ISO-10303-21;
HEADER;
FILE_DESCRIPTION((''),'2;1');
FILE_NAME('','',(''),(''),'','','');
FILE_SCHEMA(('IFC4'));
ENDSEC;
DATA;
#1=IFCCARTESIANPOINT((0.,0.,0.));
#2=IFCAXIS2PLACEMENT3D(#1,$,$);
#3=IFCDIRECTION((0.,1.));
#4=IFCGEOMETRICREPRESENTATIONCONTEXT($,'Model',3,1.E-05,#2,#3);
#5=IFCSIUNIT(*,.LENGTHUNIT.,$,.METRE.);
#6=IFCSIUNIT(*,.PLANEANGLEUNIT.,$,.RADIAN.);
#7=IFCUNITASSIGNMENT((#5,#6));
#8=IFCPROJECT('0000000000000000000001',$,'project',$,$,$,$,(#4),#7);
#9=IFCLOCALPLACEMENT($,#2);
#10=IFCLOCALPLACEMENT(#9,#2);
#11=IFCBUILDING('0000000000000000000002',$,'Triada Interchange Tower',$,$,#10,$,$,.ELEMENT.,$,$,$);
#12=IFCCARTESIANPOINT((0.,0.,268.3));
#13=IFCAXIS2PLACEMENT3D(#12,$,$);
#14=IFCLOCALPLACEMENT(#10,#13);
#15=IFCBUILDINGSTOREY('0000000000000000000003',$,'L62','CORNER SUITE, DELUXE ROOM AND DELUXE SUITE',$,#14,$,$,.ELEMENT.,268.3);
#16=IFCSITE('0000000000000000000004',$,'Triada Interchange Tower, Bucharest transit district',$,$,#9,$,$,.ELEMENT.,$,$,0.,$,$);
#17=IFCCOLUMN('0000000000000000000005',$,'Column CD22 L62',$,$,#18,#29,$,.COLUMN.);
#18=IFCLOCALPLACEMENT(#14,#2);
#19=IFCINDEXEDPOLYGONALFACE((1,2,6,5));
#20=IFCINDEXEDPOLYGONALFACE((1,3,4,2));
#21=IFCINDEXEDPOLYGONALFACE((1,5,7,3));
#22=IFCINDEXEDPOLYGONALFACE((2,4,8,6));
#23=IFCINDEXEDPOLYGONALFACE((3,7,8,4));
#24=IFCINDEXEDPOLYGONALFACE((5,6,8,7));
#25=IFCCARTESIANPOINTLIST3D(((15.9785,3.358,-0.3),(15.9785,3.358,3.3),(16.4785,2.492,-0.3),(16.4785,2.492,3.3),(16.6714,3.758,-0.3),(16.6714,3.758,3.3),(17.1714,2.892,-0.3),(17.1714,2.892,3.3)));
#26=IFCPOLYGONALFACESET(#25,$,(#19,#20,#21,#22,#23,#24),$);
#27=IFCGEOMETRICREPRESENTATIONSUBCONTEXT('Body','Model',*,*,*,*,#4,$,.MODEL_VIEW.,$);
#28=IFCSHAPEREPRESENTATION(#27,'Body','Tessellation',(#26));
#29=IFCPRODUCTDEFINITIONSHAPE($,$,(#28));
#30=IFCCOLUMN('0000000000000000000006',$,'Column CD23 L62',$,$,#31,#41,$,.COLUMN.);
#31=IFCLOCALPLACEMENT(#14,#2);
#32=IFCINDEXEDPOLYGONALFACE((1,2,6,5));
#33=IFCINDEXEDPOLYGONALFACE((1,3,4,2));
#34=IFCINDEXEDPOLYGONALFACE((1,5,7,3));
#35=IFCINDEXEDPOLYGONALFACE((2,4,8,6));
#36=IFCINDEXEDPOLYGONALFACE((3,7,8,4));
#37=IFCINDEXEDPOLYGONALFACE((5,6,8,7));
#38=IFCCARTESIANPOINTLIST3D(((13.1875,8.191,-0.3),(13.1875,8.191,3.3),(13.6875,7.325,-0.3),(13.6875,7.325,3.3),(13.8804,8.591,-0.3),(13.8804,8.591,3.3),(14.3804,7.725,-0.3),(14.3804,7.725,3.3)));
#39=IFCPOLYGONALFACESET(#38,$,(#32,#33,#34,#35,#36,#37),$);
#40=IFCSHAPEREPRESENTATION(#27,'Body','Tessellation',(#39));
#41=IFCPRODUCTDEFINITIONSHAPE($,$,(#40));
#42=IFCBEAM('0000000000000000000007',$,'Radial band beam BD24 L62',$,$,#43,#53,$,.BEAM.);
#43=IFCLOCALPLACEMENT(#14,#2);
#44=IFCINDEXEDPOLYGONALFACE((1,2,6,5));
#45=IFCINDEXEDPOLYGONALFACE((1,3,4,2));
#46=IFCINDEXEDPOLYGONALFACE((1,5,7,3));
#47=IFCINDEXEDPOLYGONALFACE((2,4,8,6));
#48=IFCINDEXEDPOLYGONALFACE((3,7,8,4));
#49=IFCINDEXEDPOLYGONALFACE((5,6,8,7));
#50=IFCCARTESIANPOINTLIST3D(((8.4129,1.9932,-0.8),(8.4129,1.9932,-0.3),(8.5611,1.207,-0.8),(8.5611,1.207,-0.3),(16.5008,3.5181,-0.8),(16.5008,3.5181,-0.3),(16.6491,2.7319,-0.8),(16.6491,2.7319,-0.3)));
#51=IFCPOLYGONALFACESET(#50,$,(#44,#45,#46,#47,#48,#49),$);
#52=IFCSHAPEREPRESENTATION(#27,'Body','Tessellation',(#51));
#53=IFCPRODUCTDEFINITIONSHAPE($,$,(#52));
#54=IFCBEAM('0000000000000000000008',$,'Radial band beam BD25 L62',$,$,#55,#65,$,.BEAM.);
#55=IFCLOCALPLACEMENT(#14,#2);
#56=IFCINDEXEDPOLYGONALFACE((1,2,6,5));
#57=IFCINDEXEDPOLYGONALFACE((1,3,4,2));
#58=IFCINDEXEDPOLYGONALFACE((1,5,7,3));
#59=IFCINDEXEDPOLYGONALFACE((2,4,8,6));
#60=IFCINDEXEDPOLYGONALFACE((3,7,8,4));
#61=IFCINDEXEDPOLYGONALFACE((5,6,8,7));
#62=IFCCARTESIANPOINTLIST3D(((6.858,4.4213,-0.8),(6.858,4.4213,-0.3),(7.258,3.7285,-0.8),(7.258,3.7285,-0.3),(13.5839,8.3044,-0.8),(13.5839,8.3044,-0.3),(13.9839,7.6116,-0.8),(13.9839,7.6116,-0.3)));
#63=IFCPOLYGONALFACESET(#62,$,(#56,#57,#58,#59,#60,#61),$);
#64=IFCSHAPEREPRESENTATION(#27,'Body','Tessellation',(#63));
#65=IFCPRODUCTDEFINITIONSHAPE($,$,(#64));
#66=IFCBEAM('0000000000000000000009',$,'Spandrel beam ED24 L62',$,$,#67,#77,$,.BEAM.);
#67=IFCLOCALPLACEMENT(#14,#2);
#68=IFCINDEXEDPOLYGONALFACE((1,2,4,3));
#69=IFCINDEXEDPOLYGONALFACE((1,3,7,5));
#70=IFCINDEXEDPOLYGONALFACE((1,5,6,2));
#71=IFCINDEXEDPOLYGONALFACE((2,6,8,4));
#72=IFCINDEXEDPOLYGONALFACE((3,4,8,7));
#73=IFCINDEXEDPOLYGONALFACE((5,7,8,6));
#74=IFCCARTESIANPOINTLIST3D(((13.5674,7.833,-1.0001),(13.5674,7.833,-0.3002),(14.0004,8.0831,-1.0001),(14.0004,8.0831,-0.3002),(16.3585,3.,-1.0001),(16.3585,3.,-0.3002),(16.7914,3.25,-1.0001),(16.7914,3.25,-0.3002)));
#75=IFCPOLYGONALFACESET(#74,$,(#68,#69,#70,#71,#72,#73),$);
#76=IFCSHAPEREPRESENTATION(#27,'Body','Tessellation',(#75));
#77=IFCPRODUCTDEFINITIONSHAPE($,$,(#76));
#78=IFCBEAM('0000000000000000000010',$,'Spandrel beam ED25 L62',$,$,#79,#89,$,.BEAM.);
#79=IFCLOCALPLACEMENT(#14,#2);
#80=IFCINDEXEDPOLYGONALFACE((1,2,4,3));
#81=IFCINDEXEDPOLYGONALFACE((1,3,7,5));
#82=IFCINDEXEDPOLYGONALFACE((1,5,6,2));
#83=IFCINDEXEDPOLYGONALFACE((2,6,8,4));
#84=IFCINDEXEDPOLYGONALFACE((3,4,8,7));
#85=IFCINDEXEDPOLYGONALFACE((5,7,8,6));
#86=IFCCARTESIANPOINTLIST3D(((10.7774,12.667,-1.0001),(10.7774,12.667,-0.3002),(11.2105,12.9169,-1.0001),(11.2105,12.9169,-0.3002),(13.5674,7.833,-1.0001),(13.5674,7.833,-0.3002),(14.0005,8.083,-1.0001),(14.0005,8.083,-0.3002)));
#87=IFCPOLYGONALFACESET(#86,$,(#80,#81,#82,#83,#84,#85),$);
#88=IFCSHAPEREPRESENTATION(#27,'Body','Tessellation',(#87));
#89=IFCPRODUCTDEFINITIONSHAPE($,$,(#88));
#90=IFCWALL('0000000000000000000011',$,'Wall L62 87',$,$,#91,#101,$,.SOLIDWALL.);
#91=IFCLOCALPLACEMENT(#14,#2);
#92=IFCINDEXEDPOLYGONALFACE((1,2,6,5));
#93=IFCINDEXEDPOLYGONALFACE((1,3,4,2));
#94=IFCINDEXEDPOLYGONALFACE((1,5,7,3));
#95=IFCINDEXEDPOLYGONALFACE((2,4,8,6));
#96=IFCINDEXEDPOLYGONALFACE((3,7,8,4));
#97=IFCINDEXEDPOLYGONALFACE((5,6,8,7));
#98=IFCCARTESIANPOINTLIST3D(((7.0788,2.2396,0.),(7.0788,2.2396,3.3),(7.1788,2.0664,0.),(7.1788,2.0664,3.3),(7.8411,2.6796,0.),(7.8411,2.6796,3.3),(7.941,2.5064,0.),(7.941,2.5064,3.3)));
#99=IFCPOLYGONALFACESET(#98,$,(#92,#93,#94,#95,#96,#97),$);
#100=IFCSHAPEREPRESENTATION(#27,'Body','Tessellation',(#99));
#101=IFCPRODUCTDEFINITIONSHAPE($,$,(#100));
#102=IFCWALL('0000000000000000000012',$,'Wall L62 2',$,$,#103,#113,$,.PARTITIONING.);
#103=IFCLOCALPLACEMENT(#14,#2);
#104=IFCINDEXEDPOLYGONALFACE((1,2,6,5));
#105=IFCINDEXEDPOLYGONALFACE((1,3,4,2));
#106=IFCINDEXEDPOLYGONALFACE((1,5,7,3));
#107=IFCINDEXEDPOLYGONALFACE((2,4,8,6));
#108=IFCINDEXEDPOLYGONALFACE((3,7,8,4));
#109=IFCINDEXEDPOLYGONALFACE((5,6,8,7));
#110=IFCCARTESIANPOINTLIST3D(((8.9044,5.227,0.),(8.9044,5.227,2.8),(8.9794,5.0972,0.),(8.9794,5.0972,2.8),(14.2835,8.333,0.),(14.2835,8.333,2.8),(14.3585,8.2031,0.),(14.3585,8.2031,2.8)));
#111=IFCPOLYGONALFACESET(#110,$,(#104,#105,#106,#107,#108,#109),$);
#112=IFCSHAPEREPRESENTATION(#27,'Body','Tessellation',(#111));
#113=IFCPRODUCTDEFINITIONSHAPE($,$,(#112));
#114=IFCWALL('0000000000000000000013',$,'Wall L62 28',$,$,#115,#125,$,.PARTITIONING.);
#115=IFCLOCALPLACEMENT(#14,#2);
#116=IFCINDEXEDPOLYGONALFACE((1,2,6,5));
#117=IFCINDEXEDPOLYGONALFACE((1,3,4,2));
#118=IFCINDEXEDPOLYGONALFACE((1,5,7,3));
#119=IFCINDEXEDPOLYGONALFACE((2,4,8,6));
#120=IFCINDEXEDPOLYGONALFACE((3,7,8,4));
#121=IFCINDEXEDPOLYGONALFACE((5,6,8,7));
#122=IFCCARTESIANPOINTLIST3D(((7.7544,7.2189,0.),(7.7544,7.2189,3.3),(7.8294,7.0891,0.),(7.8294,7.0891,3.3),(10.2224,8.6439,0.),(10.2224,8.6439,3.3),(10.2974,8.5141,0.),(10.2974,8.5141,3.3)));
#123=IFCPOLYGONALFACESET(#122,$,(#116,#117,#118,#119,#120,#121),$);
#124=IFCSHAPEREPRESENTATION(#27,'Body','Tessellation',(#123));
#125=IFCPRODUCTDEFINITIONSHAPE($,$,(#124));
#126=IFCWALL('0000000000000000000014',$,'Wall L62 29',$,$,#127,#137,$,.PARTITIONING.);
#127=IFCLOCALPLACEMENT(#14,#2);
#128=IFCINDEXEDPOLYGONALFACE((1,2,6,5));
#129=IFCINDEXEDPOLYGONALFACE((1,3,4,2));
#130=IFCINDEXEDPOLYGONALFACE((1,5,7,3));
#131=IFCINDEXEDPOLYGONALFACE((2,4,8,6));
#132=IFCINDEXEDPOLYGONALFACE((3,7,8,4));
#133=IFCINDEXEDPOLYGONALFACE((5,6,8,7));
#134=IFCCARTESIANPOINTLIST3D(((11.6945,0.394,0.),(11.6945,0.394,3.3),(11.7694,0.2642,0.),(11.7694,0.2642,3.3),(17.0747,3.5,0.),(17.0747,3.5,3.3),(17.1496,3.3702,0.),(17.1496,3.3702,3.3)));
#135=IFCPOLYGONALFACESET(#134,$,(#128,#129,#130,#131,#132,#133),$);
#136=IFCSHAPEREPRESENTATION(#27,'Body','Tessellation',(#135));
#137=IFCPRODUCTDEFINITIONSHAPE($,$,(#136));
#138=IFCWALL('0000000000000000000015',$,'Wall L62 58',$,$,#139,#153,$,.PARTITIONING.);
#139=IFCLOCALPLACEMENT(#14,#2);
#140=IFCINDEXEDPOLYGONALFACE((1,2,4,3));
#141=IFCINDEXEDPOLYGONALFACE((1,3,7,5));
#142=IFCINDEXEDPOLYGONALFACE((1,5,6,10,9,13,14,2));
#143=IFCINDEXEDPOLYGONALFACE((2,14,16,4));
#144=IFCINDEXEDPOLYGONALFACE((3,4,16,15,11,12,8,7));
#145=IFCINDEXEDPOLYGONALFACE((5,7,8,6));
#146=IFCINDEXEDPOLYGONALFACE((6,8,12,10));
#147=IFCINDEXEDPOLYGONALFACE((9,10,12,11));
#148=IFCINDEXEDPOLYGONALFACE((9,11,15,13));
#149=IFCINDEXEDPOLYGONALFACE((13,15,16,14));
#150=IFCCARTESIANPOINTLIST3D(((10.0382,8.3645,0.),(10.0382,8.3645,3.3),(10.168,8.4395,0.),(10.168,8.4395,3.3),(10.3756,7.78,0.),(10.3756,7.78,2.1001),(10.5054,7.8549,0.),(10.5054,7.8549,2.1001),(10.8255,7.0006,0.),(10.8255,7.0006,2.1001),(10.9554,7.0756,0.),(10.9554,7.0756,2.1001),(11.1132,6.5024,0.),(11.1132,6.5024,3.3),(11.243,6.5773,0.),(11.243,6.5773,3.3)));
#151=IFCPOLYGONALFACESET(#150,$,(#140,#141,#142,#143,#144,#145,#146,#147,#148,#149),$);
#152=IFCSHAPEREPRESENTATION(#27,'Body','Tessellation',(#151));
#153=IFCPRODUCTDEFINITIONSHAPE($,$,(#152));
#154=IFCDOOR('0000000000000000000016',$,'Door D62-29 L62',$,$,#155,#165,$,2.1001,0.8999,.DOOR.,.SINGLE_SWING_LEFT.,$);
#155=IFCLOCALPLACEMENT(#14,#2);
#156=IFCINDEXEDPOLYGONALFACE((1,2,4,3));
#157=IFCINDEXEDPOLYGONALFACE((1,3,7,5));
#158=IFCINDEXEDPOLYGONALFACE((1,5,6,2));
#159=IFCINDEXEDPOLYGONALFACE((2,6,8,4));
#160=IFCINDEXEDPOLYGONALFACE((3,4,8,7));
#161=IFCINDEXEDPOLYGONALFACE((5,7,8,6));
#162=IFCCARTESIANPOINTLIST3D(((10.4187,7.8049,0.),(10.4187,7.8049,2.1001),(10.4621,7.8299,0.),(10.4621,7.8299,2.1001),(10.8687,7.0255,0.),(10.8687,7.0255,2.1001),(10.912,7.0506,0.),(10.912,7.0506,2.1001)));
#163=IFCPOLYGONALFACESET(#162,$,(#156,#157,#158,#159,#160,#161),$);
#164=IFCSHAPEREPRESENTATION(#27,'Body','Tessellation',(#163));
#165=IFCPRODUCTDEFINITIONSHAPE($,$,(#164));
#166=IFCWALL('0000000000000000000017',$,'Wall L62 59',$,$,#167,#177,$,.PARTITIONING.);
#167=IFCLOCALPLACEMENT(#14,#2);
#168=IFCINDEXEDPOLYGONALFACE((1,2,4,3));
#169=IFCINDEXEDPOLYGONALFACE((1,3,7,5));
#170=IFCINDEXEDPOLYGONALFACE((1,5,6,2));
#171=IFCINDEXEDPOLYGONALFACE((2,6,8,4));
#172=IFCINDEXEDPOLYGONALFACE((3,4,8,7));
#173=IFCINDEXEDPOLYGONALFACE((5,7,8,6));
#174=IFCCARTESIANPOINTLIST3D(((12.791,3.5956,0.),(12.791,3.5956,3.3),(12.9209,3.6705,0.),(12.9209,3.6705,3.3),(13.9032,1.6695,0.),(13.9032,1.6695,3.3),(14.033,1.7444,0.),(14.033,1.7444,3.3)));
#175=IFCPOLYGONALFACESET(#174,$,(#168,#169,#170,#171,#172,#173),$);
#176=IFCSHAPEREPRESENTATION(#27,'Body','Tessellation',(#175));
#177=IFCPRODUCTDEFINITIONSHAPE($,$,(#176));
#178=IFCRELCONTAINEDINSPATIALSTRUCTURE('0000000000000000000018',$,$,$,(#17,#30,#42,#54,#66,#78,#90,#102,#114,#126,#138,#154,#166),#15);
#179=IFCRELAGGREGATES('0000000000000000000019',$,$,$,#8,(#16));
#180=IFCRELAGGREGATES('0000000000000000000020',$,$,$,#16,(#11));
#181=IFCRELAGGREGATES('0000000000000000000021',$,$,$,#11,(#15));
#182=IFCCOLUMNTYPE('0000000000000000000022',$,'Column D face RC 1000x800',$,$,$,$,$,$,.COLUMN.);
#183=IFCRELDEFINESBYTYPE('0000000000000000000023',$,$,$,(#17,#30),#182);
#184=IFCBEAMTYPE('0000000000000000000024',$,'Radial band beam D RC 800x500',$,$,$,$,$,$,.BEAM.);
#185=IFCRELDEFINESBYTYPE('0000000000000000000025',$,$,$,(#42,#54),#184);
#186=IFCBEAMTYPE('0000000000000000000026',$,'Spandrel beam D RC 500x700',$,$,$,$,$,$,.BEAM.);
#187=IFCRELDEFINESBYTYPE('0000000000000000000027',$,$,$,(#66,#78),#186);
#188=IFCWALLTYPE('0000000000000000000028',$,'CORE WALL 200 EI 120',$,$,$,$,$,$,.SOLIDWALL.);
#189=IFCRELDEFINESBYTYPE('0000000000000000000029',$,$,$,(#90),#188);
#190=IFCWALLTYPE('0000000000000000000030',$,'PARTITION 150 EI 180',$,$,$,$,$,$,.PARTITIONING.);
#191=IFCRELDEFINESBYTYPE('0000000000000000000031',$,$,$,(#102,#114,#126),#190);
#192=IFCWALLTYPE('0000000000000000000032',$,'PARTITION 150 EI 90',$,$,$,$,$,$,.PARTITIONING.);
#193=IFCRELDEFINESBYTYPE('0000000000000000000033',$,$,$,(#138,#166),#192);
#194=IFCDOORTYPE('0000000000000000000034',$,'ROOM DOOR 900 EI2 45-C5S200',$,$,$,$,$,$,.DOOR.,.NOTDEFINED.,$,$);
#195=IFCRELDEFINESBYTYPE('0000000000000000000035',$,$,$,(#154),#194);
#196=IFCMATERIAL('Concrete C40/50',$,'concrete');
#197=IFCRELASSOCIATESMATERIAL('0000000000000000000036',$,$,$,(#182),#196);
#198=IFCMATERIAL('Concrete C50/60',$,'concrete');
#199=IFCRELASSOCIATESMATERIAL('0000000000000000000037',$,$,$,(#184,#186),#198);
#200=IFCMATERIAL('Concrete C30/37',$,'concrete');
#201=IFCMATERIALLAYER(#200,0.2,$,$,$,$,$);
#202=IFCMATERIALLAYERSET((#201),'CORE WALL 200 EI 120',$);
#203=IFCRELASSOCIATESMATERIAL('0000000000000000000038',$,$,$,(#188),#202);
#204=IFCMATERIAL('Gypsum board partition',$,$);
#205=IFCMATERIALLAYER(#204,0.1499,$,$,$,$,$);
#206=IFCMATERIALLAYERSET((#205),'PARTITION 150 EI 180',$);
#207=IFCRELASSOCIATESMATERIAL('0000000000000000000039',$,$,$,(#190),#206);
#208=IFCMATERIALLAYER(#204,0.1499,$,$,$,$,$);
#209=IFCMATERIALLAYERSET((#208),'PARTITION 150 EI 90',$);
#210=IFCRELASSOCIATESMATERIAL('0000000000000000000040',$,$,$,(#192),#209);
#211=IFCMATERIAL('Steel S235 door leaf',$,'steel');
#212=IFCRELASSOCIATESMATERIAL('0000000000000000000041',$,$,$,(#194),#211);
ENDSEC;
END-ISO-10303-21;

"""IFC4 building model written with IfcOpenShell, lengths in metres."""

from ifc_helpers import new_model, si_unit, direction, frame, frame_2d, origin, origin_2d, place, context, subcontext, project, spatial, rectangle, extrude, material, layer, layer_set, material_profile, profile_set, type_object, element, fill, save


model = new_model("IFC4")

# Units and contexts
model_context = context("Model", 3, precision=1e-05, world=origin(), true_north=direction((0.0, 1.0)))
body_context = subcontext(model_context, "Body", "Model", "MODEL_VIEW")
ifc_project = project(units=[si_unit("LENGTHUNIT", "METRE"), si_unit("PLANEANGLEUNIT", "RADIAN")], contexts=[model_context])

# Site, building, storey
site_placement = place(None, origin())
site = spatial("IfcSite", under=ifc_project, at=site_placement, Name="Triada Interchange Tower, Bucharest transit district", CompositionType="ELEMENT", RefElevation=0.0)
building_placement = place(site_placement, origin())
building = spatial("IfcBuilding", under=site, at=building_placement, Name="Triada Interchange Tower", CompositionType="ELEMENT")
storey_placement = place(building_placement, frame((0.0, 0.0, 268.3)))
storey = spatial("IfcBuildingStorey", under=building, at=storey_placement, Name="L62", Description="CORNER SUITE, DELUXE ROOM AND DELUXE SUITE", CompositionType="ELEMENT", Elevation=268.3)

# Columns
ifc_material_1 = material(Name="Concrete C40/50", Category="concrete")
ifc_material_profile_1 = material_profile(ifc_material_1, rectangle(XDim=1.0, YDim=0.8, at=origin_2d()), Name="RC 1000x800")
ifc_profile_set_1 = profile_set([ifc_material_profile_1], Name="Concrete C40/50")
column_type = type_object("IfcColumnType", Name="Column D face RC 1000x800", PredefinedType="COLUMN", material=ifc_profile_set_1)
for number, where, z_axis, x_axis, name in (
    (1, (16.575, 3.125, -0.3), (0.0, 0.0, 1.0), (-0.5, 0.866025, 0.0), "Column CD22 L62"),
    (2, (13.7839, 7.958, -0.3), (0.0, 0.0, 1.0), (-0.5, 0.866025, 0.0), "Column CD23 L62"),
):
    element("IfcColumn", number, at=place(storey_placement, frame(where, z_axis=z_axis, x_axis=x_axis)), inside=storey, type_object=column_type, Name=name, PredefinedType="COLUMN", context=body_context, shape_type="SweptSolid", body=[
        extrude(rectangle(XDim=1.0, YDim=0.8, at=origin_2d()), origin(), (0.0, 0.0, 1.0), 3.6001),
    ])

# Beams
ifc_material_2 = material(Name="Concrete C50/60", Category="concrete")
ifc_material_profile_2 = material_profile(ifc_material_2, rectangle(XDim=0.8, YDim=0.5, at=origin_2d()), Name="RC 800x500")
ifc_profile_set_2 = profile_set([ifc_material_profile_2], Name="Concrete C50/60")
beam_type_1 = type_object("IfcBeamType", Name="Radial band beam D RC 800x500", PredefinedType="BEAM", material=ifc_profile_set_2)
beam_1_placement = place(storey_placement, frame((16.575, 3.125, -0.55), z_axis=(-0.982686, -0.185277, 0.0), x_axis=(0.185277, -0.982686, 0.0)))
element("IfcBeam", 3, at=beam_1_placement, inside=storey, type_object=beam_type_1, Name="Radial band beam BD24 L62", PredefinedType="BEAM", context=body_context, shape_type="SweptSolid", body=[
    extrude(rectangle(XDim=0.8, YDim=0.5, at=origin_2d()), origin(), (0.0, 0.0, 1.0), 8.2305),
])
beam_2_placement = place(storey_placement, frame((13.7839, 7.958, -0.55), z_axis=(-0.866031, -0.49999, 0.0), x_axis=(0.49999, -0.866031, 0.0)))
element("IfcBeam", 4, at=beam_2_placement, inside=storey, type_object=beam_type_1, Name="Radial band beam BD25 L62", PredefinedType="BEAM", context=body_context, shape_type="SweptSolid", body=[
    extrude(rectangle(XDim=0.8, YDim=0.5, at=origin_2d()), origin(), (0.0, 0.0, 1.0), 7.7664),
])
ifc_material_profile_3 = material_profile(ifc_material_2, rectangle(XDim=0.5, YDim=0.7, at=origin_2d()), Name="RC 500x700")
ifc_profile_set_3 = profile_set([ifc_material_profile_3], Name="Concrete C50/60")
beam_type_2 = type_object("IfcBeamType", Name="Spandrel beam D RC 500x700", PredefinedType="BEAM", material=ifc_profile_set_3)
beam_3_placement = place(storey_placement, frame((16.575, 3.125, -0.6501), z_axis=(-0.500091, 0.865973, 0.0), x_axis=(-0.865973, -0.500091, 0.0)))
element("IfcBeam", 5, at=beam_3_placement, inside=storey, type_object=beam_type_2, Name="Spandrel beam ED24 L62", PredefinedType="BEAM", context=body_context, shape_type="SweptSolid", body=[
    extrude(rectangle(XDim=0.5, YDim=0.7, at=origin_2d()), origin(), (0.0, 0.0, 1.0), 5.5811),
])
beam_4_placement = place(storey_placement, frame((13.7839, 7.958, -0.6501), z_axis=(-0.499884, 0.866092, 0.0), x_axis=(-0.866092, -0.499884, 0.0)))
element("IfcBeam", 6, at=beam_4_placement, inside=storey, type_object=beam_type_2, Name="Spandrel beam ED25 L62", PredefinedType="BEAM", context=body_context, shape_type="SweptSolid", body=[
    extrude(rectangle(XDim=0.5, YDim=0.7, at=origin_2d()), origin(), (0.0, 0.0, 1.0), 5.5813),
])

# Walls
ifc_material_3 = material(Name="Concrete C30/37", Category="concrete")
ifc_layer_1 = layer(ifc_material_3, 0.2)
ifc_layer_set_1 = layer_set([ifc_layer_1], Name="CORE WALL 200 EI 120")
wall_type_1 = type_object("IfcWallType", Name="CORE WALL 200 EI 120", PredefinedType="SOLIDWALL", material=ifc_layer_set_1)
wall_1_placement = place(storey_placement, frame((7.1289, 2.1531, 0.0), z_axis=(0.0, 0.0, 1.0), x_axis=(0.866084, 0.499899, 0.0)))
element("IfcWall", 7, at=wall_1_placement, inside=storey, type_object=wall_type_1, Name="Wall L62 87", PredefinedType="SOLIDWALL", context=body_context, shape_type="SweptSolid", body=[
    extrude(rectangle(XDim=0.8801, YDim=0.2, at=frame_2d((0.4399, 0.0))), origin(), (0.0, 0.0, 1.0), 3.3),
])
ifc_material_4 = material(Name="Gypsum board partition")
ifc_layer_2 = layer(ifc_material_4, 0.1499)
ifc_layer_set_2 = layer_set([ifc_layer_2], Name="PARTITION 150 EI 180")
wall_type_2 = type_object("IfcWallType", Name="PARTITION 150 EI 180", PredefinedType="PARTITIONING", material=ifc_layer_set_2)
wall_2_placement = place(storey_placement, frame((8.9419, 5.1621, 0.0), z_axis=(0.0, 0.0, 1.0), x_axis=(0.866004, 0.500037, 0.0)))
element("IfcWall", 8, at=wall_2_placement, inside=storey, type_object=wall_type_2, Name="Wall L62 2", PredefinedType="PARTITIONING", context=body_context, shape_type="SweptSolid", body=[
    extrude(rectangle(XDim=6.2114, YDim=0.1499, at=frame_2d((3.1057, 0.0))), origin(), (0.0, 0.0, 1.0), 2.8),
])
wall_3_placement = place(storey_placement, frame((7.792, 7.1541, 0.0), z_axis=(0.0, 0.0, 1.0), x_axis=(0.866004, 0.500036, 0.0)))
element("IfcWall", 9, at=wall_3_placement, inside=storey, type_object=wall_type_2, Name="Wall L62 28", PredefinedType="PARTITIONING", context=body_context, shape_type="SweptSolid", body=[
    extrude(rectangle(XDim=2.8499, YDim=0.1499, at=frame_2d((1.4248, 0.0))), origin(), (0.0, 0.0, 1.0), 3.3),
])
wall_4_placement = place(storey_placement, frame((11.7319, 0.3291, 0.0), z_axis=(0.0, 0.0, 1.0), x_axis=(0.866044, 0.499969, 0.0)))
element("IfcWall", 10, at=wall_4_placement, inside=storey, type_object=wall_type_2, Name="Wall L62 29", PredefinedType="PARTITIONING", context=body_context, shape_type="SweptSolid", body=[
    extrude(rectangle(XDim=6.2124, YDim=0.1499, at=frame_2d((3.1062, 0.0))), origin(), (0.0, 0.0, 1.0), 3.3),
])

# Wall, opening, door
ifc_layer_3 = layer(ifc_material_4, 0.1499)
ifc_layer_set_3 = layer_set([ifc_layer_3], Name="PARTITION 150 EI 90")
wall_type_3 = type_object("IfcWallType", Name="PARTITION 150 EI 90", PredefinedType="PARTITIONING", material=ifc_layer_set_3)
wall_5_placement = place(storey_placement, frame((10.103, 8.4021, 0.0), z_axis=(0.0, 0.0, 1.0), x_axis=(0.499962, -0.866048, 0.0)))
wall_5 = element("IfcWall", 11, at=wall_5_placement, inside=storey, type_object=wall_type_3, Name="Wall L62 58", PredefinedType="PARTITIONING", context=body_context, shape_type="SweptSolid", body=[
    extrude(rectangle(XDim=2.1501, YDim=0.1499, at=frame_2d((1.0752, 0.0))), origin(), (0.0, 0.0, 1.0), 3.3),
])
opening_1_placement = place(wall_5_placement, frame((0.675, 0.0, 0.0)))
opening_1 = element("IfcOpeningElement", 12, at=opening_1_placement, cuts=wall_5, PredefinedType="OPENING", context=body_context, shape_type="SweptSolid", body=[
    extrude(rectangle(XDim=0.8999, YDim=2.1001, at=frame_2d((0.45, 1.05))), frame((0.0, 0.085, 0.0), z_axis=(0.0, -1.0, 0.0), x_axis=(1.0, 0.0, 0.0)), (0.0, 0.0, 1.0), 0.1699),
])
ifc_material_5 = material(Name="Steel S235 door leaf", Category="steel")
door_type = type_object("IfcDoorType", Name="ROOM DOOR 900 EI2 45-C5S200", OperationType="NOTDEFINED", PredefinedType="DOOR", material=ifc_material_5)
door_1_placement = place(opening_1_placement, origin())
door_1 = element("IfcDoor", 13, at=door_1_placement, inside=storey, type_object=door_type, Name="Door D62-29 L62", OperationType="SINGLE_SWING_LEFT", OverallHeight=2.1001, OverallWidth=0.8999, PredefinedType="DOOR", context=body_context, shape_type="SweptSolid", body=[
    extrude(rectangle(XDim=0.8999, YDim=2.1001, at=frame_2d((0.45, 1.05))), frame((0.0, 0.0249, 0.0), z_axis=(0.0, -1.0, 0.0), x_axis=(1.0, 0.0, 0.0)), (0.0, 0.0, 1.0), 0.05),
])
fill(opening_1, door_1)

# Wall
wall_6_placement = place(storey_placement, frame((12.856, 3.6331, 0.0), z_axis=(0.0, 0.0, 1.0), x_axis=(0.500023, -0.866012, 0.0)))
element("IfcWall", 14, at=wall_6_placement, inside=storey, type_object=wall_type_3, Name="Wall L62 59", PredefinedType="PARTITIONING", context=body_context, shape_type="SweptSolid", body=[
    extrude(rectangle(XDim=2.2241, YDim=0.1499, at=frame_2d((1.1121, 0.0))), origin(), (0.0, 0.0, 1.0), 3.3),
])

save(model, "model.ifc")
